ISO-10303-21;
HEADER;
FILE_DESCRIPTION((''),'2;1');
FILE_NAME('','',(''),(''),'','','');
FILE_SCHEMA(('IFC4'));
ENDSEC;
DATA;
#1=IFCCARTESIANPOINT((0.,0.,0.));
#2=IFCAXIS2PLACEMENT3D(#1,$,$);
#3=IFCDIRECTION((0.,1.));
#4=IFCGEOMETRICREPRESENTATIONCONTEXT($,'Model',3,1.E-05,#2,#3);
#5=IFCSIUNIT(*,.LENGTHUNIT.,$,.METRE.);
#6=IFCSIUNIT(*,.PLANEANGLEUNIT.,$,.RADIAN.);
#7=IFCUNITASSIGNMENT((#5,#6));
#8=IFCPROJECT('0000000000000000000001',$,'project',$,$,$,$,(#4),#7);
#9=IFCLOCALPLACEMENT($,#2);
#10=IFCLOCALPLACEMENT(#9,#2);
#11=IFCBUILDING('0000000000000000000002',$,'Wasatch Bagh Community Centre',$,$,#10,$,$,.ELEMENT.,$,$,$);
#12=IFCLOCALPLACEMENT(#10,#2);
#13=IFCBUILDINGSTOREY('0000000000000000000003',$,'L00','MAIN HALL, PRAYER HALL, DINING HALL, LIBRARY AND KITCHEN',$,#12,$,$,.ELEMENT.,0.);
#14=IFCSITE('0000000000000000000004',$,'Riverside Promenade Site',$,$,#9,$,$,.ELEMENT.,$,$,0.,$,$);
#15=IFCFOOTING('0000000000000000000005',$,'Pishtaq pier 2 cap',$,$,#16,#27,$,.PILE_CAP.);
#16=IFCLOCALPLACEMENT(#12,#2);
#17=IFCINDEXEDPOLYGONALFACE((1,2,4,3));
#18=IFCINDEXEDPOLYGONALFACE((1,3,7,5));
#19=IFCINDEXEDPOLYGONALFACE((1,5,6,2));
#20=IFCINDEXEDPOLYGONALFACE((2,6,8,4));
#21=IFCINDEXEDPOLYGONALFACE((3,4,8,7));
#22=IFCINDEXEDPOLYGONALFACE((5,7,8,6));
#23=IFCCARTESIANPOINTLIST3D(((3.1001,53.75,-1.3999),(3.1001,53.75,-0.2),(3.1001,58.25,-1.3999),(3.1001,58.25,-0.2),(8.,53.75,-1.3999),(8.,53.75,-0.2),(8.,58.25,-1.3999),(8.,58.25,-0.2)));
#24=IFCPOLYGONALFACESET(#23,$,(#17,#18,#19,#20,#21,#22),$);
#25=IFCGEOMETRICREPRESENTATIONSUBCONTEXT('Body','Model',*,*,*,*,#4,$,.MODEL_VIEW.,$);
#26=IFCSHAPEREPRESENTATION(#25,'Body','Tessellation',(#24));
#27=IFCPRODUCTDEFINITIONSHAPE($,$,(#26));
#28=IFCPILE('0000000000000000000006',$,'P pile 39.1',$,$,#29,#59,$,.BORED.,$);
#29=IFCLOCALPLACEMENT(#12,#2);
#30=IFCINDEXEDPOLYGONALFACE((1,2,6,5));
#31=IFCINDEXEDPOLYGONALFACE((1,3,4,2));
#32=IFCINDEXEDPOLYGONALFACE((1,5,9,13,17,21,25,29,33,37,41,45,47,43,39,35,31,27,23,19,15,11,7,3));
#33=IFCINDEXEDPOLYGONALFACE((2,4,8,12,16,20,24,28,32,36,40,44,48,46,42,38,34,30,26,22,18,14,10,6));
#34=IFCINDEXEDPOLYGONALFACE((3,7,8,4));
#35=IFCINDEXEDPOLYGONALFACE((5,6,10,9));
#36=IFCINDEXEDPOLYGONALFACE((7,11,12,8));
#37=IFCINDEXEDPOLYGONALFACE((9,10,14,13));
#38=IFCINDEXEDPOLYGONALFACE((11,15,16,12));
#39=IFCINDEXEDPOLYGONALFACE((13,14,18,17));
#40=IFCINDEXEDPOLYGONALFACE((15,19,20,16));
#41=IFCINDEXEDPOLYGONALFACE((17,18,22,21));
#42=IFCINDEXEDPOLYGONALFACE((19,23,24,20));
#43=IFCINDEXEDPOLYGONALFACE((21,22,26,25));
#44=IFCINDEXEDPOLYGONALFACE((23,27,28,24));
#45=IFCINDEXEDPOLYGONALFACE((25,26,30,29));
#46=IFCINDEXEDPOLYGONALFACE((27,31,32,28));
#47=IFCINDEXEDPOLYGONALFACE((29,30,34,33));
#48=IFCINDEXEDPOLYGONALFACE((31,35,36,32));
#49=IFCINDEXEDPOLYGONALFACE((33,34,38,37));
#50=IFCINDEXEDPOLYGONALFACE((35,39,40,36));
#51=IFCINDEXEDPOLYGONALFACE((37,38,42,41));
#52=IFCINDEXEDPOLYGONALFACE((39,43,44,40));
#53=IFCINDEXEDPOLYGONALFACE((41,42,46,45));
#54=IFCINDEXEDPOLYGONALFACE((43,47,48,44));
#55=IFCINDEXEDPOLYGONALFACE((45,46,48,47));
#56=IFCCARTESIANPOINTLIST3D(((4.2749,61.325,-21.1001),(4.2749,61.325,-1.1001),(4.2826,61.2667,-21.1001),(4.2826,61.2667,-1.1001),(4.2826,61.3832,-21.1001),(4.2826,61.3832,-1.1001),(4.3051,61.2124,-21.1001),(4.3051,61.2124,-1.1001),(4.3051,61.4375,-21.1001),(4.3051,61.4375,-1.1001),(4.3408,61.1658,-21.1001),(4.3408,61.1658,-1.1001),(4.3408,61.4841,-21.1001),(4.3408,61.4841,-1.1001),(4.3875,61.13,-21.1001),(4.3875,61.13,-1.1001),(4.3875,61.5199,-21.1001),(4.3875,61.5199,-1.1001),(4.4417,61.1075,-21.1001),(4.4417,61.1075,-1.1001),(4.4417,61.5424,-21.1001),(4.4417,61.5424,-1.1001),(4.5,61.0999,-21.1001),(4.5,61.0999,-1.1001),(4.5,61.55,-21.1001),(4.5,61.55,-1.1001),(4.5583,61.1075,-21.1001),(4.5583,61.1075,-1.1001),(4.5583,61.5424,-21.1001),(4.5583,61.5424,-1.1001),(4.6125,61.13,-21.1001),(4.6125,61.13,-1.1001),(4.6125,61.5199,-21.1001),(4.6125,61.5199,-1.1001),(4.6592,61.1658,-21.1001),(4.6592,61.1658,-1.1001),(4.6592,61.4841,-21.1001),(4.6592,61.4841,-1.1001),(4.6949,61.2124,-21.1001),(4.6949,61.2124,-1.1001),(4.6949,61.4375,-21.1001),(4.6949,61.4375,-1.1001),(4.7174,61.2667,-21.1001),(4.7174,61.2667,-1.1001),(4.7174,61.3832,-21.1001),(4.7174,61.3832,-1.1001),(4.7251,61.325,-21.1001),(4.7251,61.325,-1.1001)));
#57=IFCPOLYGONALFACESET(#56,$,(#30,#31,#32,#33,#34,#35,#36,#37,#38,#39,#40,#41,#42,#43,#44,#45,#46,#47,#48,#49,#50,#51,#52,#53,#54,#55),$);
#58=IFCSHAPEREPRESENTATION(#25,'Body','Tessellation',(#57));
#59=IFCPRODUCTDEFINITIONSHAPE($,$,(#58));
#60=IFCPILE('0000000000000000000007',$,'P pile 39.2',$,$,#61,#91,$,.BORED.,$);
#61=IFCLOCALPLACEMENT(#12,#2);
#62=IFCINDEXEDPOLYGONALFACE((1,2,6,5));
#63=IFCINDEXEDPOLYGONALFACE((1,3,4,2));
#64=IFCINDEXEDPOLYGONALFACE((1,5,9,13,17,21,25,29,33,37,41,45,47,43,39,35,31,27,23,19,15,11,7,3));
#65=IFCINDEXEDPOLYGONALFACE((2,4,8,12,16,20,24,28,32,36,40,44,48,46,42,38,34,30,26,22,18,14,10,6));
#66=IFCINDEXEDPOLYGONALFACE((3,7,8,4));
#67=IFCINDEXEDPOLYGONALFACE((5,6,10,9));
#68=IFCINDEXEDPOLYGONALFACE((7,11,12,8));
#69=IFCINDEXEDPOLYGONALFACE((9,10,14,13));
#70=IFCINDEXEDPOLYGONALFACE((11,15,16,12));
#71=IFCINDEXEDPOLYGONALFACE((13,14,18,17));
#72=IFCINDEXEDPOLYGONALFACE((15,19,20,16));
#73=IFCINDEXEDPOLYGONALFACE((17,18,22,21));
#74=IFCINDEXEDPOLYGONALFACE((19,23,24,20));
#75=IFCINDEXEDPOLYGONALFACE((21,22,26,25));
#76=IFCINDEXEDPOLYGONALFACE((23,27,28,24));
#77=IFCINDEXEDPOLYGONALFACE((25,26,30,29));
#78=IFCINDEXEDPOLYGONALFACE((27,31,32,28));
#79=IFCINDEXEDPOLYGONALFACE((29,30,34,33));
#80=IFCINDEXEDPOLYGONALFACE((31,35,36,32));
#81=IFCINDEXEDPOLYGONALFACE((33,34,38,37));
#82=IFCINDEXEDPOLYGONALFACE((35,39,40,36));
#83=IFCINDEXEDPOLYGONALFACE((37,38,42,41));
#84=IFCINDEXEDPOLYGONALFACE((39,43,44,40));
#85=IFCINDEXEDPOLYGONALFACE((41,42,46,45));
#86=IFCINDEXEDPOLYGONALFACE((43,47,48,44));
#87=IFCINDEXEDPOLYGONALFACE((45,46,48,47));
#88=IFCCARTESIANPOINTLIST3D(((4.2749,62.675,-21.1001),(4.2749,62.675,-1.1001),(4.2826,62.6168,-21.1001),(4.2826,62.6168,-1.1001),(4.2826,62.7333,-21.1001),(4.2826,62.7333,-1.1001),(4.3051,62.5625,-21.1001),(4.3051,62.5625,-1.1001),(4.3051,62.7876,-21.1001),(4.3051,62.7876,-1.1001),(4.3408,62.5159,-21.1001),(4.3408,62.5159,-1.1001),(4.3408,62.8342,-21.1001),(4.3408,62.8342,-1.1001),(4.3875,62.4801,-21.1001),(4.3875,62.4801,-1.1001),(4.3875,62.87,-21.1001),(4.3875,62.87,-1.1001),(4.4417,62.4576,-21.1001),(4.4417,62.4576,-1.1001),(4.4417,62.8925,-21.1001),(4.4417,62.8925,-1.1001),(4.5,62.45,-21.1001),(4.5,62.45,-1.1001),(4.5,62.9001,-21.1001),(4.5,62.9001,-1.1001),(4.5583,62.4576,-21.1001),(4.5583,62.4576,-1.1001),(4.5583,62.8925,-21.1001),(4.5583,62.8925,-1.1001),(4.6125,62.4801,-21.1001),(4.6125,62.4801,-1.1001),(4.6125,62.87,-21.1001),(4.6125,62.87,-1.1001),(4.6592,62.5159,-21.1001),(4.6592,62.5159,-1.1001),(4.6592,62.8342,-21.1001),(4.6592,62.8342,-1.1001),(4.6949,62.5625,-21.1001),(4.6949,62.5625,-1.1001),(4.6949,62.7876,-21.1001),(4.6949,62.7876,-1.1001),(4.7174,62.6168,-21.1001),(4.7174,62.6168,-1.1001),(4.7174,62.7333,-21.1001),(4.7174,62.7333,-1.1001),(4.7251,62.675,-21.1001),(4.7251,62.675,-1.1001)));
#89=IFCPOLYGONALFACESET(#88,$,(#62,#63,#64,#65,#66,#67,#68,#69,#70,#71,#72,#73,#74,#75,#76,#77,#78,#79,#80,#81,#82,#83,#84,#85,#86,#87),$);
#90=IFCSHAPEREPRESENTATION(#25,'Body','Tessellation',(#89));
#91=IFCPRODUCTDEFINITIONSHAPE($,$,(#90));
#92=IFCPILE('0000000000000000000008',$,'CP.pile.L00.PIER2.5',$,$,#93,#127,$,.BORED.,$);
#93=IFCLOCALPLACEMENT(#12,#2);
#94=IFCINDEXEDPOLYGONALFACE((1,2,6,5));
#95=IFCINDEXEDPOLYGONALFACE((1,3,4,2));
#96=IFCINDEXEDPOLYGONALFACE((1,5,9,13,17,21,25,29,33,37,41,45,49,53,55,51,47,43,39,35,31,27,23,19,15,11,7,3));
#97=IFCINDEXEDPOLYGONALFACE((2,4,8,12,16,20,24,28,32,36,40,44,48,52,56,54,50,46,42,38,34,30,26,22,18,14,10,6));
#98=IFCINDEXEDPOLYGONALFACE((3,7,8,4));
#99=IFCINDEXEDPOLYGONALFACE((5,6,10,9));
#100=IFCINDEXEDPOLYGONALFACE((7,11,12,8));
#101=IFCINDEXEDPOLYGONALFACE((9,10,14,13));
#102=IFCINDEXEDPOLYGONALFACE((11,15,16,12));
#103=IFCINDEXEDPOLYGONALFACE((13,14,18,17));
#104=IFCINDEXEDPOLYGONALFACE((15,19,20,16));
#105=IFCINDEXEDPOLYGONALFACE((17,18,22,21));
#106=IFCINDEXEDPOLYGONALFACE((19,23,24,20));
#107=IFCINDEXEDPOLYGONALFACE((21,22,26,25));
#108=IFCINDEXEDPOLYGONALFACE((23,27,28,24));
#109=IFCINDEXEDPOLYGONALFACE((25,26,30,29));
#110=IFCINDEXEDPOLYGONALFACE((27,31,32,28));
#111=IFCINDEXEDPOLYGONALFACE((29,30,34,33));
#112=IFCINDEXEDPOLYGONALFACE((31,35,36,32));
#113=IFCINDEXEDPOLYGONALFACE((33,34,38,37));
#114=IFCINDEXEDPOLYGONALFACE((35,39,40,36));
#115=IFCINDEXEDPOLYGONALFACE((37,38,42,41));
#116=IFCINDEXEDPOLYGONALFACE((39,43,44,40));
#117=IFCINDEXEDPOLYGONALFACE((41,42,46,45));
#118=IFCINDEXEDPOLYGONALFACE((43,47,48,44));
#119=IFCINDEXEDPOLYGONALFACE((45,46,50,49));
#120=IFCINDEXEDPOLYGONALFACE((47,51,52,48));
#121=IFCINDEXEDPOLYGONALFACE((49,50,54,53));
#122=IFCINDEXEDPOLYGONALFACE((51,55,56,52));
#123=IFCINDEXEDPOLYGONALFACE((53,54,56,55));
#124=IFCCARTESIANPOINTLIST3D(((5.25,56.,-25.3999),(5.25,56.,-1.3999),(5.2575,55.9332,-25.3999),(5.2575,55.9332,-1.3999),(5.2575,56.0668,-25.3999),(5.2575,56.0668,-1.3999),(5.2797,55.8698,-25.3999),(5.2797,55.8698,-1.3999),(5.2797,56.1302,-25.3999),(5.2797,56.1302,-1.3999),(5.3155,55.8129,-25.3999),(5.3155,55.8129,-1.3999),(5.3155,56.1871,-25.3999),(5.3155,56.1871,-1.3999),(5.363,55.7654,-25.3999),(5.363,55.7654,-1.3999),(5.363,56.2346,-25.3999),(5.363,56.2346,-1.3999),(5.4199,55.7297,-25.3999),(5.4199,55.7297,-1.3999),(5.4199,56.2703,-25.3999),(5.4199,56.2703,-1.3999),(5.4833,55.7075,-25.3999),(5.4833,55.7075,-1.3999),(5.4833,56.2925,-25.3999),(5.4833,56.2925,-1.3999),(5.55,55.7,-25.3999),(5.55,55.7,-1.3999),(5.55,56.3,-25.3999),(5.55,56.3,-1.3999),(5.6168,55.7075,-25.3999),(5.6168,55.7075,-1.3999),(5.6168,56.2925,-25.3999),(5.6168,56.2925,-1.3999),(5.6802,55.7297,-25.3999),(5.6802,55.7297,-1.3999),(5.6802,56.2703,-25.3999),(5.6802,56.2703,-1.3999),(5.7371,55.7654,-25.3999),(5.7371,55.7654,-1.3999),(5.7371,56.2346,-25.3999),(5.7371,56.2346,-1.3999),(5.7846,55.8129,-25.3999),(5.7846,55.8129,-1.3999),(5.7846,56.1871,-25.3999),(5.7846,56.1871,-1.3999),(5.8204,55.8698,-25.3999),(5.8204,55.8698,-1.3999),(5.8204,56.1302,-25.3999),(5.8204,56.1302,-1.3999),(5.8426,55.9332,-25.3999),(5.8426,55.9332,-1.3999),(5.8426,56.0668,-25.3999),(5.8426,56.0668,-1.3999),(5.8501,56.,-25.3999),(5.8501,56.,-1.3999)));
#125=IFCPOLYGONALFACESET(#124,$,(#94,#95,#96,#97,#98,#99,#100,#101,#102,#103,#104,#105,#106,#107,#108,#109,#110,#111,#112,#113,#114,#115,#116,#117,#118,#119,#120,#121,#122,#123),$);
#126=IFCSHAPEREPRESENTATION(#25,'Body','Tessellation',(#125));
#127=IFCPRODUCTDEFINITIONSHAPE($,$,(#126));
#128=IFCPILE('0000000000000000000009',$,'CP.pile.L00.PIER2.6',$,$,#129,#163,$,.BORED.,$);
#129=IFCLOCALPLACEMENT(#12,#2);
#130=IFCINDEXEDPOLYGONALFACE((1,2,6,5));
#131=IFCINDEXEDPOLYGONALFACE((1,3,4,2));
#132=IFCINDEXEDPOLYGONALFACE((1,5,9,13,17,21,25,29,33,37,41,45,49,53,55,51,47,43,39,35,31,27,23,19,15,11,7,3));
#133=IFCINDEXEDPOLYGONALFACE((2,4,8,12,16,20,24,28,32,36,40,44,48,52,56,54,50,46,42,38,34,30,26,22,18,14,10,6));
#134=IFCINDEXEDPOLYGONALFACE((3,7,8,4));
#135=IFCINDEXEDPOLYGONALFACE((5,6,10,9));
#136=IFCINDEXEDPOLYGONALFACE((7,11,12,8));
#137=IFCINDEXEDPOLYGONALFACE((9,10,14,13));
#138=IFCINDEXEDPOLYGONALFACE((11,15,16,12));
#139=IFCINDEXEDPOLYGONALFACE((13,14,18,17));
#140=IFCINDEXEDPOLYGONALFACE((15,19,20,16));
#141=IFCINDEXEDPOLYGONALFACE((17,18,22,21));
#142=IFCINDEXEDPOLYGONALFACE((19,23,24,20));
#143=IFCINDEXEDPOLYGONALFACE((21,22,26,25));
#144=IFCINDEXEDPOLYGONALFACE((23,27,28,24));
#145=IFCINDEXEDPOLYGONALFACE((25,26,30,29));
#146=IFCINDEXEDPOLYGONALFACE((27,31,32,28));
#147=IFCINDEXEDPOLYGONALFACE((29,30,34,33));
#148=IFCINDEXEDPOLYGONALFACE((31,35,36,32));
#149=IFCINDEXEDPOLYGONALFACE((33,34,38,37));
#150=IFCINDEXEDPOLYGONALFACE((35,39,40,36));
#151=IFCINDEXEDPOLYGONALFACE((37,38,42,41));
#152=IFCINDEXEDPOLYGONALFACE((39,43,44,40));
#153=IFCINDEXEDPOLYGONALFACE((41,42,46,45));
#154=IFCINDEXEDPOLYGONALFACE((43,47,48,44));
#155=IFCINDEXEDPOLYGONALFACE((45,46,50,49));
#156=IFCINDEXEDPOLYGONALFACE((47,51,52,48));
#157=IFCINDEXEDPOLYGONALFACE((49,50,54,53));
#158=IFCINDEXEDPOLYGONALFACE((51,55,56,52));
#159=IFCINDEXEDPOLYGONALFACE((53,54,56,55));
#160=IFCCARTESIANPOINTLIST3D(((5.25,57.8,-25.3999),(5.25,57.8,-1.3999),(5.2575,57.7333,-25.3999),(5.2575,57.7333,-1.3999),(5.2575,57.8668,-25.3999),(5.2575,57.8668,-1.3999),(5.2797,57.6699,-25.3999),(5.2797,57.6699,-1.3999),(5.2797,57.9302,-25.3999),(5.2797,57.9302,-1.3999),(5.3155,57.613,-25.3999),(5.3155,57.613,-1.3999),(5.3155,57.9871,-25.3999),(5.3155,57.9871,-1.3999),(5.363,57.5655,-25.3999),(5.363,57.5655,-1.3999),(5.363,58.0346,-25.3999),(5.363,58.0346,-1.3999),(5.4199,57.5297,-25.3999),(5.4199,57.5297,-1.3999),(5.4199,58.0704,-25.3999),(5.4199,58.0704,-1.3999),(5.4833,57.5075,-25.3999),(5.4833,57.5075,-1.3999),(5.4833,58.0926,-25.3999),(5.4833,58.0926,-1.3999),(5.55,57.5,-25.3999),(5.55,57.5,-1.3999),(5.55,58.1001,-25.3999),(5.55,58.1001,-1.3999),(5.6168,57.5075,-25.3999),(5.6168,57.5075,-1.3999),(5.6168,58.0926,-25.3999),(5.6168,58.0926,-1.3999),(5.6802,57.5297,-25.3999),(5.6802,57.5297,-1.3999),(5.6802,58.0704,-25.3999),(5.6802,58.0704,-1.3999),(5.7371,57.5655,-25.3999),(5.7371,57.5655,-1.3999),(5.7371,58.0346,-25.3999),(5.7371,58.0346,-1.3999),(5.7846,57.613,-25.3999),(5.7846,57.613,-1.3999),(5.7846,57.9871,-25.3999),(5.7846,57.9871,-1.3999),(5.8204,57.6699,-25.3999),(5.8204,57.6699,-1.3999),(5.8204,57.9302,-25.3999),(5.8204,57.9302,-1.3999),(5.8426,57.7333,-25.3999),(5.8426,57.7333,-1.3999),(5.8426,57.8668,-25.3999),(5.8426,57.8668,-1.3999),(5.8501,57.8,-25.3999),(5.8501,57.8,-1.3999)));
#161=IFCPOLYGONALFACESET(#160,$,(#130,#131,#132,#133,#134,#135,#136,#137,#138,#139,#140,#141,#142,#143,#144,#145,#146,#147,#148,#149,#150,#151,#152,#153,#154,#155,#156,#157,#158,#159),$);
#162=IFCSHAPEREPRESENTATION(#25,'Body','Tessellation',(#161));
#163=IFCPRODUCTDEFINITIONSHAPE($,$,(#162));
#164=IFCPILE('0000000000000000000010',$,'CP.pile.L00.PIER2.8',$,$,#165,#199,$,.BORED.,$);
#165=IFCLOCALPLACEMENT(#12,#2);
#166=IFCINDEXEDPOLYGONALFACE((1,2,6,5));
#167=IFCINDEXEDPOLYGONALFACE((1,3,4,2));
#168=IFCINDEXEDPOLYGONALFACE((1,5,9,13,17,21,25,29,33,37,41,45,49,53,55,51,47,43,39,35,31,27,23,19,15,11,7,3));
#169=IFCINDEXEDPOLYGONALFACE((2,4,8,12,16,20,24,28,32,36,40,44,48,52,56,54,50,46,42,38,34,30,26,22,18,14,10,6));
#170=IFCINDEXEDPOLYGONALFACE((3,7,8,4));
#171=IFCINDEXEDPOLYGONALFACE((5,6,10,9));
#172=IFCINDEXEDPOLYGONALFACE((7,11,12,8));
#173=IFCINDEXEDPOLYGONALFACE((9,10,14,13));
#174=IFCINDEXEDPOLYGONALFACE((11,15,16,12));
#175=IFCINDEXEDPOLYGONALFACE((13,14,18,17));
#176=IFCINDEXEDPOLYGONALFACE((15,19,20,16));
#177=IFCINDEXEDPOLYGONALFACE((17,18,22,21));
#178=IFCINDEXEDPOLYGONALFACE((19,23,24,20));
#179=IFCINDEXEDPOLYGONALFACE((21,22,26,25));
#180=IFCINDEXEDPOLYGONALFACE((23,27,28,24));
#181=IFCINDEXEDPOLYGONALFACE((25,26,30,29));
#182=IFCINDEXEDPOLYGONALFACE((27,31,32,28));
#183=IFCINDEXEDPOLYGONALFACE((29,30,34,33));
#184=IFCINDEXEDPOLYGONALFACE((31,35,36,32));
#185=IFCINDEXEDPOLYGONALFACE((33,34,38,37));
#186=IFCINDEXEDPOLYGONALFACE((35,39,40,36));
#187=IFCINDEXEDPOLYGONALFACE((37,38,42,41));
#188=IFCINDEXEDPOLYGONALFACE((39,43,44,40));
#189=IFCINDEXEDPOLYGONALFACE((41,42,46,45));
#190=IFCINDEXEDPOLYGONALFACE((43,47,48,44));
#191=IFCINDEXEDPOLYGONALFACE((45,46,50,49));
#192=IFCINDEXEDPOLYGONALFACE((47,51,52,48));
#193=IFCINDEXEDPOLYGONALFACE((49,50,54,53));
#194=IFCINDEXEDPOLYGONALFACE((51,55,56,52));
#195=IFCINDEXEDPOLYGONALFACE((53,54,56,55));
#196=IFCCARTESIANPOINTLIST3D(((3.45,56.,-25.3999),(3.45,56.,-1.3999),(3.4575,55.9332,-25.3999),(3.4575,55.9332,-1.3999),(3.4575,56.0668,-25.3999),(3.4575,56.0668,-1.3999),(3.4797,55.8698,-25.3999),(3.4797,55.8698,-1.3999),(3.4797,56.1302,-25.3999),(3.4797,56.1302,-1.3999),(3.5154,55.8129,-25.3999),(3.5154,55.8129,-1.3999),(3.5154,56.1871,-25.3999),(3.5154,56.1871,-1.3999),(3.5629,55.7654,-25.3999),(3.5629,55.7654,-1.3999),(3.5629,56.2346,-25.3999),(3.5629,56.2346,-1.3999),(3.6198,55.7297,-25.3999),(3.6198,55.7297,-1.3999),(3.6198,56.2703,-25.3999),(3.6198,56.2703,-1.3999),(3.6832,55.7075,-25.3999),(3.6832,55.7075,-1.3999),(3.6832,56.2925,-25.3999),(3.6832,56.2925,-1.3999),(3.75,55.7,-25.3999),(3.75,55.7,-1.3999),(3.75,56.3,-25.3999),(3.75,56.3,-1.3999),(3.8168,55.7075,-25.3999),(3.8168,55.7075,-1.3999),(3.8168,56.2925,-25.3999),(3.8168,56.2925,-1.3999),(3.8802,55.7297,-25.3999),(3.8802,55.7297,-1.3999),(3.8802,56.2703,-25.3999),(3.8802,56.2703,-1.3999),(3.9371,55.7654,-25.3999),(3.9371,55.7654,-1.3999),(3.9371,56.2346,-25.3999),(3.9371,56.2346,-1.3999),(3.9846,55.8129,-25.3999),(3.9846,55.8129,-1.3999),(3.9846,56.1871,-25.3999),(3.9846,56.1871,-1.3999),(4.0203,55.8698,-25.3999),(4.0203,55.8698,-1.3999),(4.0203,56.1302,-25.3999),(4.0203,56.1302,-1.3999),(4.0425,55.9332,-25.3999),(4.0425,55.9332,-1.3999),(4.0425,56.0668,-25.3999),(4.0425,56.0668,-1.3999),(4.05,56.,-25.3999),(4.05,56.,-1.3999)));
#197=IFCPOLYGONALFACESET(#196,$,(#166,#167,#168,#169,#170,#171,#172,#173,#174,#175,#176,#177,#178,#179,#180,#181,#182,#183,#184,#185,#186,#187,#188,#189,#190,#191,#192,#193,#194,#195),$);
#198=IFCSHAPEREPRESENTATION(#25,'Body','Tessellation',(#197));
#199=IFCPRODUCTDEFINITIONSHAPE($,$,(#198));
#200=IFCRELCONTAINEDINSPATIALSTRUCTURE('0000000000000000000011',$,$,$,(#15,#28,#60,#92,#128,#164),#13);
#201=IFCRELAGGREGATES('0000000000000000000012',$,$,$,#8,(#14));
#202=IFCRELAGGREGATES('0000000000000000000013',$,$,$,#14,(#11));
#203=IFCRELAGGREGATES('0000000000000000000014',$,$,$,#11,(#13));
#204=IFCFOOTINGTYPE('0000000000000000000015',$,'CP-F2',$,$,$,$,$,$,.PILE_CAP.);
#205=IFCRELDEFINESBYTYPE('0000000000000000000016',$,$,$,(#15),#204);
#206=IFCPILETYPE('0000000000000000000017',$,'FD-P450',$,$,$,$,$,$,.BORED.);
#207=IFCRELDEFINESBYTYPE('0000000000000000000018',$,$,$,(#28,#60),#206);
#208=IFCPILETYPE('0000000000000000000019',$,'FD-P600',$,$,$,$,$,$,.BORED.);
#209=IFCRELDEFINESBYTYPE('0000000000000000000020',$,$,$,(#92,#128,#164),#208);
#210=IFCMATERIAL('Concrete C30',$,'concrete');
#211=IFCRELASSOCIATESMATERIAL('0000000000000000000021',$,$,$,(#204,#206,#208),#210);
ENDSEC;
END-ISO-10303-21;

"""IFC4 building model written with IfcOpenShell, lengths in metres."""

from ifc_helpers import new_model, si_unit, direction, frame, origin, origin_2d, place, context, subcontext, project, spatial, rectangle, circle, extrude, material, material_profile, profile_set, type_object, element, save


model = new_model("IFC4")

# Units and contexts
model_context = context("Model", 3, precision=1e-05, world=origin(), true_north=direction((0.0, 1.0)))
body_context = subcontext(model_context, "Body", "Model", "MODEL_VIEW")
ifc_project = project(units=[si_unit("LENGTHUNIT", "METRE"), si_unit("PLANEANGLEUNIT", "RADIAN")], contexts=[model_context])

# Site, building, storey
site_placement = place(None, origin())
site = spatial("IfcSite", under=ifc_project, at=site_placement, Name="Riverside Promenade Site", CompositionType="ELEMENT", RefElevation=0.0)
building_placement = place(site_placement, origin())
building = spatial("IfcBuilding", under=site, at=building_placement, Name="Wasatch Bagh Community Centre", CompositionType="ELEMENT")
storey_placement = place(building_placement, origin())
storey = spatial("IfcBuildingStorey", under=building, at=storey_placement, Name="L00", Description="MAIN HALL, PRAYER HALL, DINING HALL, LIBRARY AND KITCHEN", CompositionType="ELEMENT", Elevation=0.0)

# Footing
ifc_material_1 = material(Name="Concrete C30", Category="concrete")
footing_type_1 = type_object("IfcFootingType", Name="CP-F2", PredefinedType="PILE_CAP", material=ifc_material_1)
footing_1_placement = place(storey_placement, frame((5.55, 56.0, -1.3999), z_axis=(0.0, 0.0, 1.0), x_axis=(-1.0, 0.0, 0.0)))
element("IfcFooting", 1, at=footing_1_placement, inside=storey, type_object=footing_type_1, Name="Pishtaq pier 2 cap", PredefinedType="PILE_CAP", context=body_context, shape_type="SweptSolid", body=[
    extrude(rectangle(XDim=4.8999, YDim=4.5, at=origin_2d()), origin(), (0.0, 0.0, 1.0), 1.2),
])

# Piles
ifc_material_profile_1 = material_profile(ifc_material_1, circle(Radius=0.2251, at=origin_2d()), Name="RC D450")
ifc_profile_set_1 = profile_set([ifc_material_profile_1], Name="Concrete C30")
pile_type_1 = type_object("IfcPileType", Name="FD-P450", PredefinedType="BORED", material=ifc_profile_set_1)
for number, where, z_axis, x_axis, name in (
    (2, (4.5, 61.325, -1.1001), (0.0, 0.0, -1.0), (1.0, 0.0, 0.0), "P pile 39.1"),
    (3, (4.5, 62.675, -1.1001), (0.0, 0.0, -1.0), (1.0, 0.0, 0.0), "P pile 39.2"),
):
    element("IfcPile", number, at=place(storey_placement, frame(where, z_axis=z_axis, x_axis=x_axis)), inside=storey, type_object=pile_type_1, Name=name, PredefinedType="BORED", context=body_context, shape_type="SweptSolid", body=[
        extrude(circle(Radius=0.2251, at=origin_2d()), origin(), (0.0, 0.0, 1.0), 20.0),
    ])
ifc_material_profile_2 = material_profile(ifc_material_1, circle(Radius=0.3, at=origin_2d()), Name="RC D600")
ifc_profile_set_2 = profile_set([ifc_material_profile_2], Name="Concrete C30")
pile_type_2 = type_object("IfcPileType", Name="FD-P600", PredefinedType="BORED", material=ifc_profile_set_2)
for number, where, z_axis, x_axis, name in (
    (4, (5.55, 56.0, -1.3999), (0.0, 0.0, -1.0), (1.0, 0.0, 0.0), "CP.pile.L00.PIER2.5"),
    (5, (5.55, 57.8, -1.3999), (0.0, 0.0, -1.0), (1.0, 0.0, 0.0), "CP.pile.L00.PIER2.6"),
    (6, (3.75, 56.0, -1.3999), (0.0, 0.0, -1.0), (1.0, 0.0, 0.0), "CP.pile.L00.PIER2.8"),
):
    element("IfcPile", number, at=place(storey_placement, frame(where, z_axis=z_axis, x_axis=x_axis)), inside=storey, type_object=pile_type_2, Name=name, PredefinedType="BORED", context=body_context, shape_type="SweptSolid", body=[
        extrude(circle(Radius=0.3, at=origin_2d()), origin(), (0.0, 0.0, 1.0), 24.0),
    ])

save(model, "model.ifc")
